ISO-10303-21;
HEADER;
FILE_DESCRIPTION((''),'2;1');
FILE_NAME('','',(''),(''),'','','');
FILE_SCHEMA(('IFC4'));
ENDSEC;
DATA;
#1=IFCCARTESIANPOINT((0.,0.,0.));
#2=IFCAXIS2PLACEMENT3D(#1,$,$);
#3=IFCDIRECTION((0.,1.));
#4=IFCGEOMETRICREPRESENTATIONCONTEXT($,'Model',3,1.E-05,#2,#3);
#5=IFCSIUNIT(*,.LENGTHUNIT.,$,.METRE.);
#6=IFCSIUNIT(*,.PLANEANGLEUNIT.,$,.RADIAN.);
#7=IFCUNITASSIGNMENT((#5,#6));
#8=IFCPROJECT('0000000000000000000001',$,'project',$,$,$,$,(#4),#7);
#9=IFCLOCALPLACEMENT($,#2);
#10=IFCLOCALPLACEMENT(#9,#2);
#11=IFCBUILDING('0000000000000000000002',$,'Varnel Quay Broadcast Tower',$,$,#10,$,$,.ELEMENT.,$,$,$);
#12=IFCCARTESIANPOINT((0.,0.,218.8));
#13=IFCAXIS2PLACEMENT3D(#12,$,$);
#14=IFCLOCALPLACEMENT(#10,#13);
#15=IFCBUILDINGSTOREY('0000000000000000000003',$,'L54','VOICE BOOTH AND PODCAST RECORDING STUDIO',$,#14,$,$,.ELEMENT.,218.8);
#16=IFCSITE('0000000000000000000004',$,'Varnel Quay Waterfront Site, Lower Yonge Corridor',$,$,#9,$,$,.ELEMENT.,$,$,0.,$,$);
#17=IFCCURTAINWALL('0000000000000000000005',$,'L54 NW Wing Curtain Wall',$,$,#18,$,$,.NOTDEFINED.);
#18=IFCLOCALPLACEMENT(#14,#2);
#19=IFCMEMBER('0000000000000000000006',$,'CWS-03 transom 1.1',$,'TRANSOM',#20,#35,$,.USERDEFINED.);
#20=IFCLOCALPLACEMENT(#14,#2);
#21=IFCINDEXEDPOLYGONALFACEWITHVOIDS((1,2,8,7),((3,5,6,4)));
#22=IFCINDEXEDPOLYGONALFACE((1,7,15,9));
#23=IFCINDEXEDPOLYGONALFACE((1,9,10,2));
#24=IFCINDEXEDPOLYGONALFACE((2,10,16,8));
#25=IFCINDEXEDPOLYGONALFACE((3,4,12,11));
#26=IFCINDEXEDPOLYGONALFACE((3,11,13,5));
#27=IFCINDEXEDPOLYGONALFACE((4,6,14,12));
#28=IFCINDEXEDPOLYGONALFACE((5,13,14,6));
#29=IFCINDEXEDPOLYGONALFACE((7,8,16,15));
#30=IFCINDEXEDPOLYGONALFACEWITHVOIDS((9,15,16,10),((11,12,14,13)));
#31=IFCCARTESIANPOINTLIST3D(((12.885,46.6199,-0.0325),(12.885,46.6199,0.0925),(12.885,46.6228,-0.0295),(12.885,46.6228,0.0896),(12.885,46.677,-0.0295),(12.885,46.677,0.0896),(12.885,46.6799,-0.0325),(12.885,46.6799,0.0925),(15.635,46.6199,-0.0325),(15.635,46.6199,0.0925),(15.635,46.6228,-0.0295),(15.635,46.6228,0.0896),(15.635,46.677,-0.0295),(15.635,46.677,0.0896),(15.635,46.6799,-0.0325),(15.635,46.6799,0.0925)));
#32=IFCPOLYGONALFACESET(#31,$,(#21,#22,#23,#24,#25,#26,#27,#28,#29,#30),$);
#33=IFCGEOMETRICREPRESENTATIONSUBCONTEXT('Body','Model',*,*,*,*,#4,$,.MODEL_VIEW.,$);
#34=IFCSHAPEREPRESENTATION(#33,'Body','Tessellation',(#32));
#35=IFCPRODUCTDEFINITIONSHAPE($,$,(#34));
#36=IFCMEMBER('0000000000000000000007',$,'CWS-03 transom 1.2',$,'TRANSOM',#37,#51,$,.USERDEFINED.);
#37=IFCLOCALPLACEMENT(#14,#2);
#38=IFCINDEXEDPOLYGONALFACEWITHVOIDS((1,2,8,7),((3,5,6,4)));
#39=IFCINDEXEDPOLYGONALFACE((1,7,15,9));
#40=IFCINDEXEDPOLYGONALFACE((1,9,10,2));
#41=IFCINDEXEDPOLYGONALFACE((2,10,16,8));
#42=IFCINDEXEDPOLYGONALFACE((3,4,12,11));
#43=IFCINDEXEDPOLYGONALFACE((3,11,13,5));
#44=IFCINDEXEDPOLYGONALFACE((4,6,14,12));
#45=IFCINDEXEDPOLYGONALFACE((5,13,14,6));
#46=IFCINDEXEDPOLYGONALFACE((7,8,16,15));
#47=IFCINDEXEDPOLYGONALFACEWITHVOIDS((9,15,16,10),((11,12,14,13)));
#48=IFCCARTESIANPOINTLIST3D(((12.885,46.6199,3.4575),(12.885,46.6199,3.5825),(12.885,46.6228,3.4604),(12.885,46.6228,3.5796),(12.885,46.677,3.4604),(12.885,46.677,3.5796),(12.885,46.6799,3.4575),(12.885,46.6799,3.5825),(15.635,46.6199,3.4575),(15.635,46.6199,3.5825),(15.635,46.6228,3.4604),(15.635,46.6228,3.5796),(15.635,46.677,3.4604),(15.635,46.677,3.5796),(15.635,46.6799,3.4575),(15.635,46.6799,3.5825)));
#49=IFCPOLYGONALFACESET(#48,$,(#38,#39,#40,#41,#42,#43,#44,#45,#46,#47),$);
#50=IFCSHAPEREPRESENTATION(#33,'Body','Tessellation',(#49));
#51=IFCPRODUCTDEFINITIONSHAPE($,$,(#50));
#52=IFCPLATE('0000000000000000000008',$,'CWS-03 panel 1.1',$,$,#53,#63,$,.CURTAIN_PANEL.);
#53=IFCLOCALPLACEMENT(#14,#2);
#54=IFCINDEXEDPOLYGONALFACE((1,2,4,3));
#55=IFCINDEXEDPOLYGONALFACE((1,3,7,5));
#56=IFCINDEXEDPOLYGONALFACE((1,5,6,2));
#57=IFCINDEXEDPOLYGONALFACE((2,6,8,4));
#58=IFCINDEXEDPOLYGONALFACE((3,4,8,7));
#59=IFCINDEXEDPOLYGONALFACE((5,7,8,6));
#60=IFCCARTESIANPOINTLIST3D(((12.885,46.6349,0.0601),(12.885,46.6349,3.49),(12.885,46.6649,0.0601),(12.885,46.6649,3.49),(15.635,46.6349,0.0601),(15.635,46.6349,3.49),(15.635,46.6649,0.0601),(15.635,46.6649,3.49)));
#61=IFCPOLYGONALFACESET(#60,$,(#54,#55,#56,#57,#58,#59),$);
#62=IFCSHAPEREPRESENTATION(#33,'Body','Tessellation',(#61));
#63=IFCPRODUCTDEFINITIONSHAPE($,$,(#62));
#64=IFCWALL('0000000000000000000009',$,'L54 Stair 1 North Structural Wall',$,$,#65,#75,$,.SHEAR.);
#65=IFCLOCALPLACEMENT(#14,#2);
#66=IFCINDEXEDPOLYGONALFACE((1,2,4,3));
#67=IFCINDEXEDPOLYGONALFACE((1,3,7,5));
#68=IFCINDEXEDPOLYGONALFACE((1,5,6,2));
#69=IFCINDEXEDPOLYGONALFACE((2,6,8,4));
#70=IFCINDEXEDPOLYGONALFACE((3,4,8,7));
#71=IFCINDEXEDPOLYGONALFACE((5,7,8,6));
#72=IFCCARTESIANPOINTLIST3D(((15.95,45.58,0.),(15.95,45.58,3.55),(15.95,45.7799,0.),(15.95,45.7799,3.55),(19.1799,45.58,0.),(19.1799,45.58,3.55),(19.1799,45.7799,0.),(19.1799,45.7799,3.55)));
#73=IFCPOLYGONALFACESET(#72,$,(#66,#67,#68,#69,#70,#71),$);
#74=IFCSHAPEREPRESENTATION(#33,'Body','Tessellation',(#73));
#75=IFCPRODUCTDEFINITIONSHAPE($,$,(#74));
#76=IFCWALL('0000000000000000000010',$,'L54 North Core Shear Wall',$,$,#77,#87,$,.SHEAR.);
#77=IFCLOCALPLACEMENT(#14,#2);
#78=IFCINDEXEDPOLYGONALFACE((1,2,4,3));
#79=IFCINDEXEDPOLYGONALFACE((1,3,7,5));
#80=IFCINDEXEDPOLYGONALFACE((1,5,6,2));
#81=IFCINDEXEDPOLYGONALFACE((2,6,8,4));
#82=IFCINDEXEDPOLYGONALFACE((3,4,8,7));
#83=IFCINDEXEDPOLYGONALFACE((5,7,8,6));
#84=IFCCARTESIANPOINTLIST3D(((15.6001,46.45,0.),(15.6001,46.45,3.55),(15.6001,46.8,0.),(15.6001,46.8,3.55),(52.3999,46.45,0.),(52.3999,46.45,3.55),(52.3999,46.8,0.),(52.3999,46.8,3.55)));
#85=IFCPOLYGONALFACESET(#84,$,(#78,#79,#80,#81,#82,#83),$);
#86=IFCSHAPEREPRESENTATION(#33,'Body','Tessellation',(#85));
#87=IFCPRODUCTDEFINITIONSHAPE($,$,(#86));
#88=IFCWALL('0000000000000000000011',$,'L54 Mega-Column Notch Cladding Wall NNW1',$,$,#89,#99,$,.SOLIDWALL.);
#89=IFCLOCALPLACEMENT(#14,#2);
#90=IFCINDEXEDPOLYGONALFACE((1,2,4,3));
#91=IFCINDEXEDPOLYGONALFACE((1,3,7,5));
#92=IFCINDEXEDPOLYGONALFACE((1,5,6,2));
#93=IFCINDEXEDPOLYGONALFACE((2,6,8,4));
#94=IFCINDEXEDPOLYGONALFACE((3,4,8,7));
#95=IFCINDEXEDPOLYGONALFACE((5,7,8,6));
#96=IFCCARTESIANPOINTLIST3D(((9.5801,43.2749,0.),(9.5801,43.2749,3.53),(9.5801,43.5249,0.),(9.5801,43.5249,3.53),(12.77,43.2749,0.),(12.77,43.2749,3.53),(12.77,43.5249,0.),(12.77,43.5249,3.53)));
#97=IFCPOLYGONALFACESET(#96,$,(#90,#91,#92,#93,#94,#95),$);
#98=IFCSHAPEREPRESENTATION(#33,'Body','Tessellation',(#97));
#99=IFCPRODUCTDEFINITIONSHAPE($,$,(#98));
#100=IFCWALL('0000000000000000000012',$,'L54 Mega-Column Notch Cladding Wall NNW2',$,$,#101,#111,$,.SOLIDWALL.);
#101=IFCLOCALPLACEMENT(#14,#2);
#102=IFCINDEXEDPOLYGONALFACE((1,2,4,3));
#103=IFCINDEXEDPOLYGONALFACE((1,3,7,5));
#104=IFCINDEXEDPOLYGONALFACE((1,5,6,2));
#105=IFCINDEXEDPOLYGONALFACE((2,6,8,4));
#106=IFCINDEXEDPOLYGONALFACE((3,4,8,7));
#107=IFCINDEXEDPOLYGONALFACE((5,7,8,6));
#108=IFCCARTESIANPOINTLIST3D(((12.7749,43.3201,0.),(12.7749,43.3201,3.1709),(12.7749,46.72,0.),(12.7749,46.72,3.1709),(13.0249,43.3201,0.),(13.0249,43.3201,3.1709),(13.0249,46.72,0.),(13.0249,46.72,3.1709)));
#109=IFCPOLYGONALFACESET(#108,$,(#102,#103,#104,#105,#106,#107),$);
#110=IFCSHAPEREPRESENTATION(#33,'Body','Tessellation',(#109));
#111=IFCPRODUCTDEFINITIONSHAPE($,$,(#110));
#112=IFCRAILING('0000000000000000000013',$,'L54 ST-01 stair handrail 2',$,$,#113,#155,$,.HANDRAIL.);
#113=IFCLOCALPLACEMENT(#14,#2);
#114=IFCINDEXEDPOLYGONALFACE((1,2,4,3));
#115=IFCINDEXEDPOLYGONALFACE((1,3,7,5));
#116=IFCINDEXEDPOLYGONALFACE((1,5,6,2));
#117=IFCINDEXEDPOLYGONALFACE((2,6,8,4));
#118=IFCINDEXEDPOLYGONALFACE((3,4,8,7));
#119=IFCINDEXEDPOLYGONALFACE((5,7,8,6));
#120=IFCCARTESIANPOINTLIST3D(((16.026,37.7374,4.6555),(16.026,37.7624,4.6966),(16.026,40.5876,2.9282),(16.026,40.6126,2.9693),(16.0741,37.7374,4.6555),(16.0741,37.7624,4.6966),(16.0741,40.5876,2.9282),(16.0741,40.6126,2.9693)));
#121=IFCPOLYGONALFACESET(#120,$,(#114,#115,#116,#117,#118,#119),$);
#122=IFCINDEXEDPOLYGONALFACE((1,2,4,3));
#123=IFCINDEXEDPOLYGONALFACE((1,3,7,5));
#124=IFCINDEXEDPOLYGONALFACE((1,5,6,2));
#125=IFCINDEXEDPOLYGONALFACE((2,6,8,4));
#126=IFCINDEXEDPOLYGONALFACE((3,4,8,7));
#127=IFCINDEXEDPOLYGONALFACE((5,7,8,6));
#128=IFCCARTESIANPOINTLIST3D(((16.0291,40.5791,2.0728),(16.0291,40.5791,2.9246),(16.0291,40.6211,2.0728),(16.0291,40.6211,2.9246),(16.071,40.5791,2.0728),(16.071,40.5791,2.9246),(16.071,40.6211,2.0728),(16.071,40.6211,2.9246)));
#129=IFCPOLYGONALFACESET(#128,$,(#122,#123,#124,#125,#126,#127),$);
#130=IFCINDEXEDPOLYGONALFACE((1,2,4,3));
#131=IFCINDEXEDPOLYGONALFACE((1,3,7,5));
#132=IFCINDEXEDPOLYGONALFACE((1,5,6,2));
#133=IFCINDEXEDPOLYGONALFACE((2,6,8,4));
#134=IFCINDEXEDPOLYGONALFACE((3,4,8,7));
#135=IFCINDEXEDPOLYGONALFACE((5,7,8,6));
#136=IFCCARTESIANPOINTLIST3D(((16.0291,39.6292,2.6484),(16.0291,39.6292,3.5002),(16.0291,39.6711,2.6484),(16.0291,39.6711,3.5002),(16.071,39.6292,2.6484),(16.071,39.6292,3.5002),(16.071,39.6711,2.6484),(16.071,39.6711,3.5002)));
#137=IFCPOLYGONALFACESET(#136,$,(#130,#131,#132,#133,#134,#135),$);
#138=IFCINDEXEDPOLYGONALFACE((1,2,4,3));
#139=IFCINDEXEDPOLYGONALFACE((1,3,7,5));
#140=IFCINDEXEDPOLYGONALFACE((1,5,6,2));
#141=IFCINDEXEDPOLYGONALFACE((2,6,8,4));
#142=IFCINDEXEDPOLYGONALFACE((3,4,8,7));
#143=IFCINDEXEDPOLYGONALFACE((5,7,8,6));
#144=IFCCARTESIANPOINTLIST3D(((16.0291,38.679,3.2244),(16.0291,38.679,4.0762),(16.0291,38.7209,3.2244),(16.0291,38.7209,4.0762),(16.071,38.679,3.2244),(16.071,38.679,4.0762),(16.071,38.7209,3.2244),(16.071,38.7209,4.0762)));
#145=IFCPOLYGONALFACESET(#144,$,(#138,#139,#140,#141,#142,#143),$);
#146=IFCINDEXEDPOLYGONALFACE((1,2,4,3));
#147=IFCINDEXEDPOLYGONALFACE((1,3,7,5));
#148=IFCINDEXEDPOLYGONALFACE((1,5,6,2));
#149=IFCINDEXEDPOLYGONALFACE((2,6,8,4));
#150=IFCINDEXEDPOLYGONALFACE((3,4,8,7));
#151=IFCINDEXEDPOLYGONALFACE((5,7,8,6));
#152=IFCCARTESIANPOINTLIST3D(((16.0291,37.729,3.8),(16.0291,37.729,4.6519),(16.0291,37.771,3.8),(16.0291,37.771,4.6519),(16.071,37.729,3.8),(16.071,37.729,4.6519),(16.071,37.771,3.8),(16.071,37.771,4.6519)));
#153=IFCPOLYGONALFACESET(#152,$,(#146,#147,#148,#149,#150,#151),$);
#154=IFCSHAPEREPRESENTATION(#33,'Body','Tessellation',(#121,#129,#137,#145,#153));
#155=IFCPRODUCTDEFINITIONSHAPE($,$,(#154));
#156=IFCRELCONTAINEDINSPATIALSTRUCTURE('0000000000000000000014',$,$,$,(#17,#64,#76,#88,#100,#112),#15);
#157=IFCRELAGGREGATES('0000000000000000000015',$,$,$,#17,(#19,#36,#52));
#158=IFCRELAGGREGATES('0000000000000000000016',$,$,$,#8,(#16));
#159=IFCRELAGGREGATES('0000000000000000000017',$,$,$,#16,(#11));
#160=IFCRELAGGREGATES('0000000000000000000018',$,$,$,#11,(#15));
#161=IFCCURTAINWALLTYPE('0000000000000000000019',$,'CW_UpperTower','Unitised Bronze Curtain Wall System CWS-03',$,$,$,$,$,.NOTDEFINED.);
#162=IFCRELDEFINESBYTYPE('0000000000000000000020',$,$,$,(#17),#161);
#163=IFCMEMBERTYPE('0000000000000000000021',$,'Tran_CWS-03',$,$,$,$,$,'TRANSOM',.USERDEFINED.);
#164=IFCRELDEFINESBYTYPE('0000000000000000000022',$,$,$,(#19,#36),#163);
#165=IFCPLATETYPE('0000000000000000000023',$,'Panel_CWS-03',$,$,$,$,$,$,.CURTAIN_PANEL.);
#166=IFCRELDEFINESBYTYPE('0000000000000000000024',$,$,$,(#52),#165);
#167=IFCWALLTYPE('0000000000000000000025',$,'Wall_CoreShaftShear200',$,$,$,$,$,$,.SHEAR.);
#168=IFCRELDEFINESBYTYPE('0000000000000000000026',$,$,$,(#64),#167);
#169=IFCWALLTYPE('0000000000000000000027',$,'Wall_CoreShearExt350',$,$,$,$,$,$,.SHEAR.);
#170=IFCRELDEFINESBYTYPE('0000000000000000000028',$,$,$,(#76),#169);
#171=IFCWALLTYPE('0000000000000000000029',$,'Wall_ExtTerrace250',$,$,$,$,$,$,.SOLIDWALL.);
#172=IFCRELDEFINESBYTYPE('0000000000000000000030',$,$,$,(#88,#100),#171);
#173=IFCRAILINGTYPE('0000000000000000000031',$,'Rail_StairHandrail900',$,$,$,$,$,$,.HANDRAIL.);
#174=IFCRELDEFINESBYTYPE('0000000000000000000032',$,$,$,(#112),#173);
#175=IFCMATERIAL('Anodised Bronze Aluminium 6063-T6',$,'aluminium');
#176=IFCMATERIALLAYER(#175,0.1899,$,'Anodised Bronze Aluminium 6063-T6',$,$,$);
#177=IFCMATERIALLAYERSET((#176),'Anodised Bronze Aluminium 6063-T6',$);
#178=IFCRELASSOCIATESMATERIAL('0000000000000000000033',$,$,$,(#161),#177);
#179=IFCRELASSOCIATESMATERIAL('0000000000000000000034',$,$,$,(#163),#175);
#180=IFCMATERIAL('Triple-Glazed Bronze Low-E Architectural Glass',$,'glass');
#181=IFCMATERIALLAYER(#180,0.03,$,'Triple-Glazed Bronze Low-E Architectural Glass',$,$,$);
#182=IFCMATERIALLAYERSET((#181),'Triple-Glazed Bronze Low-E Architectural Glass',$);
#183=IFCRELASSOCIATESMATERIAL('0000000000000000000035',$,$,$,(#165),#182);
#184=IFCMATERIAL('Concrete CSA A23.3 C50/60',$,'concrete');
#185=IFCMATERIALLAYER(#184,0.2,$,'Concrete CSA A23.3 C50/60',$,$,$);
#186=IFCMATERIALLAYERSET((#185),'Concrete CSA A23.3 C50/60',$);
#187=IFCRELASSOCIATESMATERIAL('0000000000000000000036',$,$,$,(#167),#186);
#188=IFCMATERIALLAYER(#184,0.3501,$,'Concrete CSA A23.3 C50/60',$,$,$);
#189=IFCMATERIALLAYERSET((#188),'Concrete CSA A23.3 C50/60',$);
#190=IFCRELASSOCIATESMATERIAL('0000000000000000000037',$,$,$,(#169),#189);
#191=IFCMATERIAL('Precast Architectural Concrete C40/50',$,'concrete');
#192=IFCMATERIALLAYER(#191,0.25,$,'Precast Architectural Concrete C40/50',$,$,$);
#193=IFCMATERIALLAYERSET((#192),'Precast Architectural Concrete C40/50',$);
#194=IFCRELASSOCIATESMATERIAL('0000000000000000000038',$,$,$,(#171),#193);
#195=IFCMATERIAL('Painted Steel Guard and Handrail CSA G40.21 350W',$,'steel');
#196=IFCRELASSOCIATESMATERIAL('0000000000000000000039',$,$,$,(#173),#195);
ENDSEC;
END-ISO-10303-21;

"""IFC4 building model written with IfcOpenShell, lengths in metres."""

from ifc_helpers import new_model, si_unit, direction, frame, frame_2d, origin, origin_2d, place, context, subcontext, project, spatial, rectangle, hollow_rectangle, extrude, source, transform, mapped, material, layer, layer_set, material_profile, profile_set, type_object, type_shapes, element, aggregate, save


model = new_model("IFC4")

# Units and contexts
model_context = context("Model", 3, precision=1e-05, world=origin(), true_north=direction((0.0, 1.0)))
body_context = subcontext(model_context, "Body", "Model", "MODEL_VIEW")
ifc_project = project(units=[si_unit("LENGTHUNIT", "METRE"), si_unit("PLANEANGLEUNIT", "RADIAN")], contexts=[model_context])

# Site, building, storey
site_placement = place(None, origin())
site = spatial("IfcSite", under=ifc_project, at=site_placement, Name="Varnel Quay Waterfront Site, Lower Yonge Corridor", CompositionType="ELEMENT", RefElevation=0.0)
building_placement = place(site_placement, origin())
building = spatial("IfcBuilding", under=site, at=building_placement, Name="Varnel Quay Broadcast Tower", CompositionType="ELEMENT")
storey_placement = place(building_placement, frame((0.0, 0.0, 218.8)))
storey = spatial("IfcBuildingStorey", under=building, at=storey_placement, Name="L54", Description="VOICE BOOTH AND PODCAST RECORDING STUDIO", CompositionType="ELEMENT", Elevation=218.8)

# Shared definitions
ifc_material_1 = material(Name="Anodised Bronze Aluminium 6063-T6", Category="aluminium")
ifc_layer_1 = layer(ifc_material_1, 0.1899, Name="Anodised Bronze Aluminium 6063-T6")
ifc_layer_set_1 = layer_set([ifc_layer_1], Name="Anodised Bronze Aluminium 6063-T6")
curtain_wall_type = type_object("IfcCurtainWallType", Name="CW_UpperTower", Description="Unitised Bronze Curtain Wall System CWS-03", PredefinedType="NOTDEFINED", material=ifc_layer_set_1)

# Curtain wall, members, plate
curtain_wall_1_placement = place(storey_placement, origin())
curtain_wall_1 = element("IfcCurtainWall", 1, at=curtain_wall_1_placement, inside=storey, type_object=curtain_wall_type, Name="L54 NW Wing Curtain Wall", PredefinedType="NOTDEFINED")
ifc_material_profile_1 = material_profile(ifc_material_1, hollow_rectangle(XDim=0.0601, YDim=0.125, WallThickness=0.0029, at=origin_2d()), Name="ALU60X125X3")
ifc_profile_set_1 = profile_set([ifc_material_profile_1], Name="Anodised Bronze Aluminium 6063-T6")
member_type_1 = type_object("IfcMemberType", Name="Tran_CWS-03", ElementType="TRANSOM", PredefinedType="USERDEFINED", material=ifc_profile_set_1)
shared_shape_1 = source(origin(), body_context, "Body", "SweptSolid", [
    extrude(hollow_rectangle(XDim=0.0601, YDim=0.125, WallThickness=0.0029, at=origin_2d()), origin(), (0.0, 0.0, 1.0), 2.75),
])
type_shapes(member_type_1, [shared_shape_1])
member_1_placement = place(storey_placement, frame((12.885, 46.6499, 0.03), z_axis=(1.0, 0.0, 0.0), x_axis=(0.0, 1.0, 0.0)))
member_1 = element("IfcMember", 2, at=member_1_placement, type_object=member_type_1, Name="CWS-03 transom 1.1", ObjectType="TRANSOM", PredefinedType="USERDEFINED", context=body_context, shape_type="MappedRepresentation", body=[
    mapped(shared_shape_1, transform((0.0, 0.0, 0.0), x_axis=(1.0, 0.0, 0.0), y_axis=(0.0, 1.0, 0.0), z_axis=(0.0, 0.0, 1.0), scale=1.0)),
])
member_2_placement = place(storey_placement, frame((12.885, 46.6499, 3.52), z_axis=(1.0, 0.0, 0.0), x_axis=(0.0, 1.0, 0.0)))
member_2 = element("IfcMember", 3, at=member_2_placement, type_object=member_type_1, Name="CWS-03 transom 1.2", ObjectType="TRANSOM", PredefinedType="USERDEFINED", context=body_context, shape_type="MappedRepresentation", body=[
    mapped(shared_shape_1, transform((0.0, 0.0, 0.0), x_axis=(1.0, 0.0, 0.0), y_axis=(0.0, 1.0, 0.0), z_axis=(0.0, 0.0, 1.0), scale=1.0)),
])
ifc_material_2 = material(Name="Triple-Glazed Bronze Low-E Architectural Glass", Category="glass")
ifc_layer_2 = layer(ifc_material_2, 0.03, Name="Triple-Glazed Bronze Low-E Architectural Glass")
ifc_layer_set_2 = layer_set([ifc_layer_2], Name="Triple-Glazed Bronze Low-E Architectural Glass")
plate_type = type_object("IfcPlateType", Name="Panel_CWS-03", PredefinedType="CURTAIN_PANEL", material=ifc_layer_set_2)
shared_shape_2 = source(origin(), body_context, "Body", "SweptSolid", [
    extrude(rectangle(XDim=2.75, YDim=0.03, at=origin_2d()), origin(), (0.0, 0.0, 1.0), 3.4299),
])
type_shapes(plate_type, [shared_shape_2])
plate_placement = place(storey_placement, frame((14.26, 46.6499, 0.0601), z_axis=(0.0, 0.0, 1.0), x_axis=(1.0, 0.0, 0.0)))
plate = element("IfcPlate", 4, at=plate_placement, type_object=plate_type, Name="CWS-03 panel 1.1", PredefinedType="CURTAIN_PANEL", context=body_context, shape_type="MappedRepresentation", body=[
    mapped(shared_shape_2, transform((0.0, 0.0, 0.0), x_axis=(1.0, 0.0, 0.0), y_axis=(0.0, 1.0, 0.0), z_axis=(0.0, 0.0, 1.0), scale=1.0)),
])
aggregate(curtain_wall_1, [member_1, member_2, plate])

# Walls
ifc_material_3 = material(Name="Concrete CSA A23.3 C50/60", Category="concrete")
ifc_layer_3 = layer(ifc_material_3, 0.2, Name="Concrete CSA A23.3 C50/60")
ifc_layer_set_3 = layer_set([ifc_layer_3], Name="Concrete CSA A23.3 C50/60")
wall_type_1 = type_object("IfcWallType", Name="Wall_CoreShaftShear200", PredefinedType="SHEAR", material=ifc_layer_set_3)
wall_1_placement = place(storey_placement, frame((15.95, 45.6799, 0.0), z_axis=(0.0, 0.0, 1.0), x_axis=(1.0, 0.0, 0.0)))
element("IfcWall", 5, at=wall_1_placement, inside=storey, type_object=wall_type_1, Name="L54 Stair 1 North Structural Wall", PredefinedType="SHEAR", context=body_context, shape_type="SweptSolid", body=[
    extrude(rectangle(XDim=3.23, YDim=0.2, at=frame_2d((1.615, 0.0))), origin(), (0.0, 0.0, 1.0), 3.55),
])
ifc_layer_4 = layer(ifc_material_3, 0.3501, Name="Concrete CSA A23.3 C50/60")
ifc_layer_set_4 = layer_set([ifc_layer_4], Name="Concrete CSA A23.3 C50/60")
wall_type_2 = type_object("IfcWallType", Name="Wall_CoreShearExt350", PredefinedType="SHEAR", material=ifc_layer_set_4)
wall_2_placement = place(storey_placement, frame((15.6001, 46.625, 0.0), z_axis=(0.0, 0.0, 1.0), x_axis=(1.0, 0.0, 0.0)))
element("IfcWall", 6, at=wall_2_placement, inside=storey, type_object=wall_type_2, Name="L54 North Core Shear Wall", PredefinedType="SHEAR", context=body_context, shape_type="SweptSolid", body=[
    extrude(rectangle(XDim=36.7998, YDim=0.3501, at=frame_2d((18.3999, 0.0))), origin(), (0.0, 0.0, 1.0), 3.55),
])
ifc_material_4 = material(Name="Precast Architectural Concrete C40/50", Category="concrete")
ifc_layer_5 = layer(ifc_material_4, 0.25, Name="Precast Architectural Concrete C40/50")
ifc_layer_set_5 = layer_set([ifc_layer_5], Name="Precast Architectural Concrete C40/50")
wall_type_3 = type_object("IfcWallType", Name="Wall_ExtTerrace250", PredefinedType="SOLIDWALL", material=ifc_layer_set_5)
wall_3_placement = place(storey_placement, frame((9.5801, 43.3999, 0.0), z_axis=(0.0, 0.0, 1.0), x_axis=(1.0, 0.0, 0.0)))
element("IfcWall", 7, at=wall_3_placement, inside=storey, type_object=wall_type_3, Name="L54 Mega-Column Notch Cladding Wall NNW1", PredefinedType="SOLIDWALL", context=body_context, shape_type="SweptSolid", body=[
    extrude(rectangle(XDim=3.1899, YDim=0.25, at=frame_2d((1.595, 0.0))), origin(), (0.0, 0.0, 1.0), 3.53),
])
wall_4_placement = place(storey_placement, frame((12.8999, 43.3201, 0.0), z_axis=(0.0, 0.0, 1.0), x_axis=(0.0, 1.0, 0.0)))
element("IfcWall", 8, at=wall_4_placement, inside=storey, type_object=wall_type_3, Name="L54 Mega-Column Notch Cladding Wall NNW2", PredefinedType="SOLIDWALL", context=body_context, shape_type="SweptSolid", body=[
    extrude(rectangle(XDim=3.3999, YDim=0.25, at=frame_2d((1.7, 0.0))), origin(), (0.0, 0.0, 1.0), 3.1709),
])

# Railing
ifc_material_5 = material(Name="Painted Steel Guard and Handrail CSA G40.21 350W", Category="steel")
railing_type = type_object("IfcRailingType", Name="Rail_StairHandrail900", PredefinedType="HANDRAIL", material=ifc_material_5)
railing_placement = place(storey_placement, frame((16.05, 40.6001, 2.0728)))
element("IfcRailing", 9, at=railing_placement, inside=storey, type_object=railing_type, Name="L54 ST-01 stair handrail 2", PredefinedType="HANDRAIL", context=body_context, shape_type="SweptSolid", body=[
    extrude(rectangle(XDim=0.0481, YDim=0.0481, at=origin_2d()), frame((0.0, 0.0, 0.876), z_axis=(0.0, -0.855203, 0.518294), x_axis=(1.0, 0.0, 0.0)), (0.0, 0.0, 1.0), 3.3328),
    extrude(rectangle(XDim=0.042, YDim=0.042, at=origin_2d()), origin(), (0.0, 0.0, 1.0), 0.8518),
    extrude(rectangle(XDim=0.042, YDim=0.042, at=origin_2d()), frame((0.0, -0.95, 0.5757)), (0.0, 0.0, 1.0), 0.8518),
    extrude(rectangle(XDim=0.042, YDim=0.042, at=origin_2d()), frame((0.0, -1.9001, 1.1516)), (0.0, 0.0, 1.0), 0.8518),
    extrude(rectangle(XDim=0.042, YDim=0.042, at=origin_2d()), frame((0.0, -2.8501, 1.7273)), (0.0, 0.0, 1.0), 0.8518),
])

save(model, "model.ifc")
